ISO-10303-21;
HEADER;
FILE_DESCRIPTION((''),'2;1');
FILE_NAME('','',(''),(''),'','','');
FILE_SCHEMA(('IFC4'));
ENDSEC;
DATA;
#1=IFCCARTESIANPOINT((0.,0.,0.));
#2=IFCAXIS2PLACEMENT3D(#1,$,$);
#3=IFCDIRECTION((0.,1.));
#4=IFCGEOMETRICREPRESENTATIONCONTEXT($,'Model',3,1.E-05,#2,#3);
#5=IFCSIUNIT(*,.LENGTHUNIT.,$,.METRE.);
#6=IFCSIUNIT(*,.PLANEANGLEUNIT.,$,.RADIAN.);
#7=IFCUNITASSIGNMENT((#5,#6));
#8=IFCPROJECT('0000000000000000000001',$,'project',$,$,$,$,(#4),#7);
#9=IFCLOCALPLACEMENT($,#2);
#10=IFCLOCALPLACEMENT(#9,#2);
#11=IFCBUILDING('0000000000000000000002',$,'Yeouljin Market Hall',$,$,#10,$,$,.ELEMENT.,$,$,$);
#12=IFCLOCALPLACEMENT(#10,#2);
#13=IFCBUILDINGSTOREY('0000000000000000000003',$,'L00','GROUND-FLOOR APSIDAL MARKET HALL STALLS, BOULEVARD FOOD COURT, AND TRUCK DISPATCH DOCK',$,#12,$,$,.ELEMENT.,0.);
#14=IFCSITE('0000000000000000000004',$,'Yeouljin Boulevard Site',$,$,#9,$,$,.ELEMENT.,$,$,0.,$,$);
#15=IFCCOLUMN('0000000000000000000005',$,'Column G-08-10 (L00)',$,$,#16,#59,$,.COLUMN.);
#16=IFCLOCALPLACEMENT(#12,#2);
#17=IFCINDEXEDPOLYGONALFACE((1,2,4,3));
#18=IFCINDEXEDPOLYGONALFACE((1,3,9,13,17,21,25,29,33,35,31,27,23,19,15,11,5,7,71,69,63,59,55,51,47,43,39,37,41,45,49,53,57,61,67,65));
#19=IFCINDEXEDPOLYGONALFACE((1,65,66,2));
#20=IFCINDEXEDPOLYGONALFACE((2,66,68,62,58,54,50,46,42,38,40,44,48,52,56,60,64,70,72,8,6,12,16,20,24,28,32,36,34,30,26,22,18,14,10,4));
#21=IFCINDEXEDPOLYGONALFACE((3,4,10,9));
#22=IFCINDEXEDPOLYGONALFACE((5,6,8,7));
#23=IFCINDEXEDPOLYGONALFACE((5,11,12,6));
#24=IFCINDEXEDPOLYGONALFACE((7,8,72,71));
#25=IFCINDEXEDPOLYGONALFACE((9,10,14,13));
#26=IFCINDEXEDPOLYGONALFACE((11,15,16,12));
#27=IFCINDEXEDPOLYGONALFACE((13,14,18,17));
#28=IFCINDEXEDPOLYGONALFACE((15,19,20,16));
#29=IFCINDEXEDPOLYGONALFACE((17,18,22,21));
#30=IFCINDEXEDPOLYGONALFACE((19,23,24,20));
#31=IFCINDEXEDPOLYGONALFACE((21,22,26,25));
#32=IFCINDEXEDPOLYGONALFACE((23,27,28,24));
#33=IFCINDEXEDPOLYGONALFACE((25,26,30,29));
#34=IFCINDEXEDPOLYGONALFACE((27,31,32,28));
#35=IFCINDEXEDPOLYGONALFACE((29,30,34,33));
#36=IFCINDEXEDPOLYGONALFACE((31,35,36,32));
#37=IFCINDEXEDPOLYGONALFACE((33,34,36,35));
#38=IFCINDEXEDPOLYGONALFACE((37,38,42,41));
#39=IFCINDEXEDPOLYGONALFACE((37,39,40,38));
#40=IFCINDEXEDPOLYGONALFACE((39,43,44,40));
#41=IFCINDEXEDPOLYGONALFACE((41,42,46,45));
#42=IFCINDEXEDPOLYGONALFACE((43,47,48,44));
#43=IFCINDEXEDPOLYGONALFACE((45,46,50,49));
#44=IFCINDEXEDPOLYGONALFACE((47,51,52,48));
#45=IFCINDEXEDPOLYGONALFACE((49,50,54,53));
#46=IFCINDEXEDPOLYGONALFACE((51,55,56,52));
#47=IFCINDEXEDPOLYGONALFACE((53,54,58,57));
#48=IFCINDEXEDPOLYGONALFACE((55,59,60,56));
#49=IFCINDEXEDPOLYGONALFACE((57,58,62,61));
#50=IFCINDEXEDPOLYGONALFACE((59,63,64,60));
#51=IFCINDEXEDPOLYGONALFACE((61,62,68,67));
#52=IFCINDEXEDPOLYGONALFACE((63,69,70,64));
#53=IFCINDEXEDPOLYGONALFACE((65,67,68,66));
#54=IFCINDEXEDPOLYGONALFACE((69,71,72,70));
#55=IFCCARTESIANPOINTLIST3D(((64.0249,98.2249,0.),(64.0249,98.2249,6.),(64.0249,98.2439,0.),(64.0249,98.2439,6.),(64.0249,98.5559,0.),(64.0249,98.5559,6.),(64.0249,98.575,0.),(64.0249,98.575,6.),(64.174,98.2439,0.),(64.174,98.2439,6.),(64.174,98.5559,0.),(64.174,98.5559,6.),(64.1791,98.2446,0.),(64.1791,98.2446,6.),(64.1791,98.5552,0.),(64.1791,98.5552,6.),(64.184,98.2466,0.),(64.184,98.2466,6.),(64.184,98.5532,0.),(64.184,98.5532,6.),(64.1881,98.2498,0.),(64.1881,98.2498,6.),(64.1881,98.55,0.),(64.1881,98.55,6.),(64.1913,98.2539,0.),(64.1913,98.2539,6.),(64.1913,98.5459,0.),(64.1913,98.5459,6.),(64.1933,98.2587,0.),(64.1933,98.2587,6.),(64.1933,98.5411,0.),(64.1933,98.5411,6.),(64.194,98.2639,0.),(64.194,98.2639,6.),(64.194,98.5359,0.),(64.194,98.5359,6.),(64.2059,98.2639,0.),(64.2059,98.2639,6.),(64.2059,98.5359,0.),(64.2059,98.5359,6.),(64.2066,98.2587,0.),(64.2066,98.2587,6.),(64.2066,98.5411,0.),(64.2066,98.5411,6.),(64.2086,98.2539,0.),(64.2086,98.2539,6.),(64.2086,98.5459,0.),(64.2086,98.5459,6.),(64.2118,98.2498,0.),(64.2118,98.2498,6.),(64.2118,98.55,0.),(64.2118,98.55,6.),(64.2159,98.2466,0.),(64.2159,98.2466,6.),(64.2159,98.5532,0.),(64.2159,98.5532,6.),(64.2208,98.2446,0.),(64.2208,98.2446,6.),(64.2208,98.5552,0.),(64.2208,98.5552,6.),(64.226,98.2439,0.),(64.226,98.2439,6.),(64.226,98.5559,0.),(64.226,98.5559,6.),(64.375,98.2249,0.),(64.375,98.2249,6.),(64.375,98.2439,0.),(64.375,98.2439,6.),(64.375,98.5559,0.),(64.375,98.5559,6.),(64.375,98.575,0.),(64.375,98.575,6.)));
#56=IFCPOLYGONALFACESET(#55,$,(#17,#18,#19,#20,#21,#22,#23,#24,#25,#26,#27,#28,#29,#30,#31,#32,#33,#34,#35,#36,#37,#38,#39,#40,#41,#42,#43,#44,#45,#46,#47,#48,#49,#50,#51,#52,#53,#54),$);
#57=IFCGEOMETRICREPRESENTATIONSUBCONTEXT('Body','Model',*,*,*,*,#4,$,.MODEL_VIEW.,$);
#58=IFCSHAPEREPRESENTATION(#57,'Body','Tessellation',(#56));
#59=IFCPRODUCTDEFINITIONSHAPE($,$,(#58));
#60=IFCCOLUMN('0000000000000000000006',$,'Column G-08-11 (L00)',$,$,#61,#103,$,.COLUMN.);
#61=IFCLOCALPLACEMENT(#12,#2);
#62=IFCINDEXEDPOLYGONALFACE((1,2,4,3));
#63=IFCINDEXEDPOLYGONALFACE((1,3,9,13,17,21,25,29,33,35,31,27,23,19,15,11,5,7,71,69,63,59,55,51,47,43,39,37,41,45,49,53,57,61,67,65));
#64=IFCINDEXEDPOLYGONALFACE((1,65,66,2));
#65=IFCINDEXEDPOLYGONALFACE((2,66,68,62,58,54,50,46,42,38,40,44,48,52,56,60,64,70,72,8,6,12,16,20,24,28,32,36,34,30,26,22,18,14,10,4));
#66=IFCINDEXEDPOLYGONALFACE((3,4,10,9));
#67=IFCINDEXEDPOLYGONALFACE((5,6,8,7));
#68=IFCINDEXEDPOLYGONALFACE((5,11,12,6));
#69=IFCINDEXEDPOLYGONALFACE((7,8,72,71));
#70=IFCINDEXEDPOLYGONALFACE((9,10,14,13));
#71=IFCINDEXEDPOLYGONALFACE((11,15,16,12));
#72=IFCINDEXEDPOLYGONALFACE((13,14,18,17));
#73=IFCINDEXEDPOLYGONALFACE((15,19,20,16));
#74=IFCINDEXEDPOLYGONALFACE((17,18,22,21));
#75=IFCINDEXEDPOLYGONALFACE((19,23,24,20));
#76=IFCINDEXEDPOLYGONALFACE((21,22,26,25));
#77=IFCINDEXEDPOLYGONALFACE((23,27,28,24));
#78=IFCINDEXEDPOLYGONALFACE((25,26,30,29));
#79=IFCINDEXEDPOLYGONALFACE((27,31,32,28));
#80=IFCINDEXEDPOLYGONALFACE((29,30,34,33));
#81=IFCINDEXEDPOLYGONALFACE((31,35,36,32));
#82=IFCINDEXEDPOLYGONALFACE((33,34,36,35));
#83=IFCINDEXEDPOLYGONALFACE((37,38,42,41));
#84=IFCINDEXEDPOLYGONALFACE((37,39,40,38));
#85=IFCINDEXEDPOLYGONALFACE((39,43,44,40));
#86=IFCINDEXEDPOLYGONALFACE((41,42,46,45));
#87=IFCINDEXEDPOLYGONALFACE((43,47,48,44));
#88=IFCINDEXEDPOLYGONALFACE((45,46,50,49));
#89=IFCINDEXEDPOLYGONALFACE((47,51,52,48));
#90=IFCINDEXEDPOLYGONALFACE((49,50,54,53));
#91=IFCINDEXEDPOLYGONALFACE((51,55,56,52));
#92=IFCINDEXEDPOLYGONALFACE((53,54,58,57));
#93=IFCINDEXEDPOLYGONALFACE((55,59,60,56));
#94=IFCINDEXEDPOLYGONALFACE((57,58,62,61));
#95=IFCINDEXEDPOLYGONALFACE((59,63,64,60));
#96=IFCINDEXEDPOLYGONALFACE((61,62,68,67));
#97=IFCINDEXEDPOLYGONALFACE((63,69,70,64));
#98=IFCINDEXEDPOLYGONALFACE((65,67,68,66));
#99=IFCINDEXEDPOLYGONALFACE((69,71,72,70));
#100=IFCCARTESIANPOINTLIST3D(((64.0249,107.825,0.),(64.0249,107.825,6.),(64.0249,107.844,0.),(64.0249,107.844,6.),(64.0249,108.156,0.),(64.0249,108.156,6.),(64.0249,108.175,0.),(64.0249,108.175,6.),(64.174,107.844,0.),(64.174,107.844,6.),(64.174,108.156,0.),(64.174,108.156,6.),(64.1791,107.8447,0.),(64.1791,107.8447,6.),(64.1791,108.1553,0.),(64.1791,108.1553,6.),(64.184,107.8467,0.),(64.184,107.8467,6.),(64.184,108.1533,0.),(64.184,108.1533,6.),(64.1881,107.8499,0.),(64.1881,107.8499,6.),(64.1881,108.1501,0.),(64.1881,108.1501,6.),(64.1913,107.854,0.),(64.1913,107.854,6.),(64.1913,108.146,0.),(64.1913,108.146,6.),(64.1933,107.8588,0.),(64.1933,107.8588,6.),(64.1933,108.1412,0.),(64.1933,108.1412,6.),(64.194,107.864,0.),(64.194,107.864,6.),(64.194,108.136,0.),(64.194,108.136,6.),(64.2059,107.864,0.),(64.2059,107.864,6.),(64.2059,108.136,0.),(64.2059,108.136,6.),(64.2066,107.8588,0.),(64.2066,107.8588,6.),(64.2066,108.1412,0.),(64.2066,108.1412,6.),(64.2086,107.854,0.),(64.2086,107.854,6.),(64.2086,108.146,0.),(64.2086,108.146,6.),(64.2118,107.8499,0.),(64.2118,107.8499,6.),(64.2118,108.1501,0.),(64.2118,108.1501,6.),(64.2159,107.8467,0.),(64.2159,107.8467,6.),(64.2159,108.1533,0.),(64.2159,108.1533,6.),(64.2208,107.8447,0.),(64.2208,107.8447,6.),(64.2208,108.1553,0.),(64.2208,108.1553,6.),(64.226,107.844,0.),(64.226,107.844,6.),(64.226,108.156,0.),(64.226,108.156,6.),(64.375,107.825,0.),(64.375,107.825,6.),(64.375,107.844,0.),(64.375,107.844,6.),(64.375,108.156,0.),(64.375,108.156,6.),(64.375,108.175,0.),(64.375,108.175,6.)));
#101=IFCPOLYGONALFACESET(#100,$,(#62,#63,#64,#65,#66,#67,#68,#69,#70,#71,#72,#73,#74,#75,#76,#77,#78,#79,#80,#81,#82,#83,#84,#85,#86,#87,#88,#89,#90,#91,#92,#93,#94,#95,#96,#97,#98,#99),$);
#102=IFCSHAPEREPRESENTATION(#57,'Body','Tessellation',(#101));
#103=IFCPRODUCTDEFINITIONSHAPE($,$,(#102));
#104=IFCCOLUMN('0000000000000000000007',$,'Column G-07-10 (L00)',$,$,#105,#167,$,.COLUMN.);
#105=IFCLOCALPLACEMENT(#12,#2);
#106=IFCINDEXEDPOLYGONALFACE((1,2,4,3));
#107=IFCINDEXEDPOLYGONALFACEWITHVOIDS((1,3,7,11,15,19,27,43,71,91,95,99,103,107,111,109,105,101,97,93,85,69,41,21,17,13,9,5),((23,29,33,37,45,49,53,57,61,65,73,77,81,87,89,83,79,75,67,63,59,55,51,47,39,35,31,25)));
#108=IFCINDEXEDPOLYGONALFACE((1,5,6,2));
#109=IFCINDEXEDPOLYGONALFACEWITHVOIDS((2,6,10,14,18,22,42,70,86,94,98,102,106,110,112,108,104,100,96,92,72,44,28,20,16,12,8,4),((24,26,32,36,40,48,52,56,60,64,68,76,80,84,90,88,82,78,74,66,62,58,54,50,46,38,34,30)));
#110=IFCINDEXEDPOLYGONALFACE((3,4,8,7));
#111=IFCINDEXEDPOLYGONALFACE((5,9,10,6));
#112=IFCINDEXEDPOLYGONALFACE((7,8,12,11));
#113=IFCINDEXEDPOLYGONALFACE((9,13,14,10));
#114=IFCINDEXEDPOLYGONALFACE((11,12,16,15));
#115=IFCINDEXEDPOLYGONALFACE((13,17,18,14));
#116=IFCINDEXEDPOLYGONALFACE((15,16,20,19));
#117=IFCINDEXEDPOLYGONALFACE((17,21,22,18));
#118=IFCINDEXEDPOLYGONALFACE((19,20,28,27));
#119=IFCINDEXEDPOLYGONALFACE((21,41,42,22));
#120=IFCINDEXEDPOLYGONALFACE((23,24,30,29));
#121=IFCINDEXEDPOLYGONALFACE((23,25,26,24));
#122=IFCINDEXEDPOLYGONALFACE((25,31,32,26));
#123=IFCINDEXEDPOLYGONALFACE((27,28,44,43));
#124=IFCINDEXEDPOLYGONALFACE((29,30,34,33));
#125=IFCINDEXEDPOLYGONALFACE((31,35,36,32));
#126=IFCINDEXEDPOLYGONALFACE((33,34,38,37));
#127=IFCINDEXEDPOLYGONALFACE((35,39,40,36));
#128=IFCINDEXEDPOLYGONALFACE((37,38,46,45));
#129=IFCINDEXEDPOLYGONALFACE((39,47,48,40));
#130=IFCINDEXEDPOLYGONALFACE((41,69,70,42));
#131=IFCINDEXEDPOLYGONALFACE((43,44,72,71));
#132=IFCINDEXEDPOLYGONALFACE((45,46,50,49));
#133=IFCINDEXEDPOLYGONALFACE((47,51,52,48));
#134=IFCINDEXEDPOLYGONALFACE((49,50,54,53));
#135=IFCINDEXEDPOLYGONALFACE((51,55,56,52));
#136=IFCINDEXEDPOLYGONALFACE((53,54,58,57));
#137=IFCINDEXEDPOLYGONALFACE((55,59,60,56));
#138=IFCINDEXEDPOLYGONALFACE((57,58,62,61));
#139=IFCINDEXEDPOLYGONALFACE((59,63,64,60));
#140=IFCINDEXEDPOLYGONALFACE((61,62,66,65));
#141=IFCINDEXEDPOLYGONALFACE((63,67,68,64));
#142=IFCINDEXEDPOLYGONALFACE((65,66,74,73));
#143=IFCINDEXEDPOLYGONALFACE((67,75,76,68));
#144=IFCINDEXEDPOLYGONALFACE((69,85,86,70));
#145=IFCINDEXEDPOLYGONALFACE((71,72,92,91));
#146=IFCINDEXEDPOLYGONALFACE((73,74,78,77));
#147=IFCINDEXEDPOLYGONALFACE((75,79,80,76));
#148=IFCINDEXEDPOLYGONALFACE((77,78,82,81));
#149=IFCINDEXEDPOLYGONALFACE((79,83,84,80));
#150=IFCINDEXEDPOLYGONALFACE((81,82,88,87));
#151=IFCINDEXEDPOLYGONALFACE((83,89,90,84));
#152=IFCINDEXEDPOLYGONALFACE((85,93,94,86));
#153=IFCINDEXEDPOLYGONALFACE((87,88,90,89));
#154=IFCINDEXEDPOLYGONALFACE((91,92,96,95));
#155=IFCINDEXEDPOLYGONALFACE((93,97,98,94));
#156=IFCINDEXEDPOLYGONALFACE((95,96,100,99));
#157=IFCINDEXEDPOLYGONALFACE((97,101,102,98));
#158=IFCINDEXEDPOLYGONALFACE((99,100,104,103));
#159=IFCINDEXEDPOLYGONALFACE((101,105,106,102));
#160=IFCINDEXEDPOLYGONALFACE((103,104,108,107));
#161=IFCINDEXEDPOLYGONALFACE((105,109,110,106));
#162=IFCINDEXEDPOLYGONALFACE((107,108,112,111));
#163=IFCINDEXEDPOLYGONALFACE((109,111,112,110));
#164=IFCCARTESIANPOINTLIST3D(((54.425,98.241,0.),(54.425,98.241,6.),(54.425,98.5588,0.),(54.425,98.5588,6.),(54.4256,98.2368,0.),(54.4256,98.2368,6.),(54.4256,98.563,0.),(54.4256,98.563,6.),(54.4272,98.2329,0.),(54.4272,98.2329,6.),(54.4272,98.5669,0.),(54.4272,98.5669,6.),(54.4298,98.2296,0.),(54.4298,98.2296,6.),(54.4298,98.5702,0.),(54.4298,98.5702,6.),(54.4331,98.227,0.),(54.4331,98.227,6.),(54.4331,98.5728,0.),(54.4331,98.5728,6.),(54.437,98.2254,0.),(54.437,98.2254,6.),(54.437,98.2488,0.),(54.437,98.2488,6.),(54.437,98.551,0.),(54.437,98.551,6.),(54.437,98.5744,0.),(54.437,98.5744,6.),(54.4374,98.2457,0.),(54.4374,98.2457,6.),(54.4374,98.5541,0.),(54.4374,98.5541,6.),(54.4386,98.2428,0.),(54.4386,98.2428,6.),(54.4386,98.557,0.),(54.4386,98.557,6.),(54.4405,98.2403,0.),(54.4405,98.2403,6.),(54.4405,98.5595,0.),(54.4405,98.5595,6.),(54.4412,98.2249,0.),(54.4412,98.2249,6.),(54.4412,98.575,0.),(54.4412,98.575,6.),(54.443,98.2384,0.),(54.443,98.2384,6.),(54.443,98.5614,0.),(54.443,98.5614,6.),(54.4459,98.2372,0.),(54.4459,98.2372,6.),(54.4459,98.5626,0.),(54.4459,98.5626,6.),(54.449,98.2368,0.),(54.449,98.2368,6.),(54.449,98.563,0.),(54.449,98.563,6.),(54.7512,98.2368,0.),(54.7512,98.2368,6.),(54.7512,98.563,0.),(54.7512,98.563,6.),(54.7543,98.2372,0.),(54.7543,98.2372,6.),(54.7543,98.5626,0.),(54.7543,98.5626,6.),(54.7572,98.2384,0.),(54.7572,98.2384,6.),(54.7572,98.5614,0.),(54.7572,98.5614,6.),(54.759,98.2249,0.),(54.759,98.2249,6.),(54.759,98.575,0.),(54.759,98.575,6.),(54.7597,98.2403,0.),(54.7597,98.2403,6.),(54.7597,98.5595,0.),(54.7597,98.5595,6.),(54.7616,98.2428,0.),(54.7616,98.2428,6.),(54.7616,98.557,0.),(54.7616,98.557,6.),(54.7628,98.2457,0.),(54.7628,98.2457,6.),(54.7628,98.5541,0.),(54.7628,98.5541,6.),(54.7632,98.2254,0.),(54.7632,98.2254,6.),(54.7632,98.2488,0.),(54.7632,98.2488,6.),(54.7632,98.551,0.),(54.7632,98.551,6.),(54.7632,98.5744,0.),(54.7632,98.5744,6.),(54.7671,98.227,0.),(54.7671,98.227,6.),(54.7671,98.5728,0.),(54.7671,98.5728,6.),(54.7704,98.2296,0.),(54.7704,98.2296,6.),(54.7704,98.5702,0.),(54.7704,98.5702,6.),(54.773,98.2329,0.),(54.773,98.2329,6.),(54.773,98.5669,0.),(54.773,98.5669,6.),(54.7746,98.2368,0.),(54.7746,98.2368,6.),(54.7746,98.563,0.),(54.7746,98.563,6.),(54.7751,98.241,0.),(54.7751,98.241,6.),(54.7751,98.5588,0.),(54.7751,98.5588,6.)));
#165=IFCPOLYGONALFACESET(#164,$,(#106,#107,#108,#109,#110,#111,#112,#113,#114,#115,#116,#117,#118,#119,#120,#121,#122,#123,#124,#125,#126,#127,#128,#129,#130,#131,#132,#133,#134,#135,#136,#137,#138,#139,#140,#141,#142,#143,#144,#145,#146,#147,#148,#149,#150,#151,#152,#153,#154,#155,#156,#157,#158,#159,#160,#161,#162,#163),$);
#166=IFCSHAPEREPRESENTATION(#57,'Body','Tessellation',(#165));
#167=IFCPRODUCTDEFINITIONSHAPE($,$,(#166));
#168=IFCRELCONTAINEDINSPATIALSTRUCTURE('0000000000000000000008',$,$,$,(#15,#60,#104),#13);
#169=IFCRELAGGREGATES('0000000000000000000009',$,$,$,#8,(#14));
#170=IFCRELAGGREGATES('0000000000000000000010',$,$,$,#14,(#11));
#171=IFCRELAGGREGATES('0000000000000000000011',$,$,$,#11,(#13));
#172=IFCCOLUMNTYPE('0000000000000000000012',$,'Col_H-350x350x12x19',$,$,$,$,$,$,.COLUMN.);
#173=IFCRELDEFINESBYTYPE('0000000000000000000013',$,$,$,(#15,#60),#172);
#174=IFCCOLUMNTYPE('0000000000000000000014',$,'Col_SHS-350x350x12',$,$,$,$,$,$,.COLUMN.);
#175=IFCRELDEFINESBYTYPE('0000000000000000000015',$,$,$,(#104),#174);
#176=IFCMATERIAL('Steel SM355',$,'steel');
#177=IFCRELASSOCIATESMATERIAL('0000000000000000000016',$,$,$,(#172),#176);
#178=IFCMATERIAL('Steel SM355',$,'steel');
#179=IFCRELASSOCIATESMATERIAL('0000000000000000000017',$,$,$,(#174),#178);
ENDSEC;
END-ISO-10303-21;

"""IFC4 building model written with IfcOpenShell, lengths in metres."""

from ifc_helpers import new_model, si_unit, direction, frame, origin, origin_2d, place, context, subcontext, project, spatial, hollow_rectangle, i_section, extrude, material, material_profile, profile_set, type_object, element, save


model = new_model("IFC4")

# Units and contexts
model_context = context("Model", 3, precision=1e-05, world=origin(), true_north=direction((0.0, 1.0)))
body_context = subcontext(model_context, "Body", "Model", "MODEL_VIEW")
ifc_project = project(units=[si_unit("LENGTHUNIT", "METRE"), si_unit("PLANEANGLEUNIT", "RADIAN")], contexts=[model_context])

# Site, building, storey
site_placement = place(None, origin())
site = spatial("IfcSite", under=ifc_project, at=site_placement, Name="Yeouljin Boulevard Site", CompositionType="ELEMENT", RefElevation=0.0)
building_placement = place(site_placement, origin())
building = spatial("IfcBuilding", under=site, at=building_placement, Name="Yeouljin Market Hall", CompositionType="ELEMENT")
storey_placement = place(building_placement, origin())
storey = spatial("IfcBuildingStorey", under=building, at=storey_placement, Name="L00", Description="GROUND-FLOOR APSIDAL MARKET HALL STALLS, BOULEVARD FOOD COURT, AND TRUCK DISPATCH DOCK", CompositionType="ELEMENT", Elevation=0.0)

# Columns
ifc_material_1 = material(Name="Steel SM355", Category="steel")
ifc_material_profile_1 = material_profile(ifc_material_1, i_section(OverallWidth=0.3501, OverallDepth=0.3501, WebThickness=0.012, FlangeThickness=0.019, FilletRadius=0.02, at=origin_2d()), Name="H-350x350x12x19")
ifc_profile_set_1 = profile_set([ifc_material_profile_1], Name="Steel SM355")
column_type_1 = type_object("IfcColumnType", Name="Col_H-350x350x12x19", PredefinedType="COLUMN", material=ifc_profile_set_1)
for number, where, z_axis, x_axis, name in (
    (1, (64.2, 98.3999, 0.0), (0.0, 0.0, 1.0), (1.0, 0.0, 0.0), "Column G-08-10 (L00)"),
    (2, (64.2, 108.0, 0.0), (0.0, 0.0, 1.0), (1.0, 0.0, 0.0), "Column G-08-11 (L00)"),
):
    element("IfcColumn", number, at=place(storey_placement, frame(where, z_axis=z_axis, x_axis=x_axis)), inside=storey, type_object=column_type_1, Name=name, PredefinedType="COLUMN", context=body_context, shape_type="SweptSolid", body=[
        extrude(i_section(OverallWidth=0.3501, OverallDepth=0.3501, WebThickness=0.012, FlangeThickness=0.019, FilletRadius=0.02, at=origin_2d()), origin(), (0.0, 0.0, 1.0), 6.0),
    ])
ifc_material_2 = material(Name="Steel SM355", Category="steel")
ifc_material_profile_2 = material_profile(ifc_material_2, hollow_rectangle(XDim=0.3501, YDim=0.3501, WallThickness=0.012, InnerFilletRadius=0.012, OuterFilletRadius=0.0161, at=origin_2d()), Name="SHS-350x350x12")
ifc_profile_set_2 = profile_set([ifc_material_profile_2], Name="Steel SM355")
column_type_2 = type_object("IfcColumnType", Name="Col_SHS-350x350x12", PredefinedType="COLUMN", material=ifc_profile_set_2)
for number, where, z_axis, x_axis, name in (
    (3, (54.6001, 98.3999, 0.0), (0.0, 0.0, 1.0), (1.0, 0.0, 0.0), "Column G-07-10 (L00)"),
):
    element("IfcColumn", number, at=place(storey_placement, frame(where, z_axis=z_axis, x_axis=x_axis)), inside=storey, type_object=column_type_2, Name=name, PredefinedType="COLUMN", context=body_context, shape_type="SweptSolid", body=[
        extrude(hollow_rectangle(XDim=0.3501, YDim=0.3501, WallThickness=0.012, InnerFilletRadius=0.012, OuterFilletRadius=0.0161, at=origin_2d()), origin(), (0.0, 0.0, 1.0), 6.0),
    ])

save(model, "model.ifc")
